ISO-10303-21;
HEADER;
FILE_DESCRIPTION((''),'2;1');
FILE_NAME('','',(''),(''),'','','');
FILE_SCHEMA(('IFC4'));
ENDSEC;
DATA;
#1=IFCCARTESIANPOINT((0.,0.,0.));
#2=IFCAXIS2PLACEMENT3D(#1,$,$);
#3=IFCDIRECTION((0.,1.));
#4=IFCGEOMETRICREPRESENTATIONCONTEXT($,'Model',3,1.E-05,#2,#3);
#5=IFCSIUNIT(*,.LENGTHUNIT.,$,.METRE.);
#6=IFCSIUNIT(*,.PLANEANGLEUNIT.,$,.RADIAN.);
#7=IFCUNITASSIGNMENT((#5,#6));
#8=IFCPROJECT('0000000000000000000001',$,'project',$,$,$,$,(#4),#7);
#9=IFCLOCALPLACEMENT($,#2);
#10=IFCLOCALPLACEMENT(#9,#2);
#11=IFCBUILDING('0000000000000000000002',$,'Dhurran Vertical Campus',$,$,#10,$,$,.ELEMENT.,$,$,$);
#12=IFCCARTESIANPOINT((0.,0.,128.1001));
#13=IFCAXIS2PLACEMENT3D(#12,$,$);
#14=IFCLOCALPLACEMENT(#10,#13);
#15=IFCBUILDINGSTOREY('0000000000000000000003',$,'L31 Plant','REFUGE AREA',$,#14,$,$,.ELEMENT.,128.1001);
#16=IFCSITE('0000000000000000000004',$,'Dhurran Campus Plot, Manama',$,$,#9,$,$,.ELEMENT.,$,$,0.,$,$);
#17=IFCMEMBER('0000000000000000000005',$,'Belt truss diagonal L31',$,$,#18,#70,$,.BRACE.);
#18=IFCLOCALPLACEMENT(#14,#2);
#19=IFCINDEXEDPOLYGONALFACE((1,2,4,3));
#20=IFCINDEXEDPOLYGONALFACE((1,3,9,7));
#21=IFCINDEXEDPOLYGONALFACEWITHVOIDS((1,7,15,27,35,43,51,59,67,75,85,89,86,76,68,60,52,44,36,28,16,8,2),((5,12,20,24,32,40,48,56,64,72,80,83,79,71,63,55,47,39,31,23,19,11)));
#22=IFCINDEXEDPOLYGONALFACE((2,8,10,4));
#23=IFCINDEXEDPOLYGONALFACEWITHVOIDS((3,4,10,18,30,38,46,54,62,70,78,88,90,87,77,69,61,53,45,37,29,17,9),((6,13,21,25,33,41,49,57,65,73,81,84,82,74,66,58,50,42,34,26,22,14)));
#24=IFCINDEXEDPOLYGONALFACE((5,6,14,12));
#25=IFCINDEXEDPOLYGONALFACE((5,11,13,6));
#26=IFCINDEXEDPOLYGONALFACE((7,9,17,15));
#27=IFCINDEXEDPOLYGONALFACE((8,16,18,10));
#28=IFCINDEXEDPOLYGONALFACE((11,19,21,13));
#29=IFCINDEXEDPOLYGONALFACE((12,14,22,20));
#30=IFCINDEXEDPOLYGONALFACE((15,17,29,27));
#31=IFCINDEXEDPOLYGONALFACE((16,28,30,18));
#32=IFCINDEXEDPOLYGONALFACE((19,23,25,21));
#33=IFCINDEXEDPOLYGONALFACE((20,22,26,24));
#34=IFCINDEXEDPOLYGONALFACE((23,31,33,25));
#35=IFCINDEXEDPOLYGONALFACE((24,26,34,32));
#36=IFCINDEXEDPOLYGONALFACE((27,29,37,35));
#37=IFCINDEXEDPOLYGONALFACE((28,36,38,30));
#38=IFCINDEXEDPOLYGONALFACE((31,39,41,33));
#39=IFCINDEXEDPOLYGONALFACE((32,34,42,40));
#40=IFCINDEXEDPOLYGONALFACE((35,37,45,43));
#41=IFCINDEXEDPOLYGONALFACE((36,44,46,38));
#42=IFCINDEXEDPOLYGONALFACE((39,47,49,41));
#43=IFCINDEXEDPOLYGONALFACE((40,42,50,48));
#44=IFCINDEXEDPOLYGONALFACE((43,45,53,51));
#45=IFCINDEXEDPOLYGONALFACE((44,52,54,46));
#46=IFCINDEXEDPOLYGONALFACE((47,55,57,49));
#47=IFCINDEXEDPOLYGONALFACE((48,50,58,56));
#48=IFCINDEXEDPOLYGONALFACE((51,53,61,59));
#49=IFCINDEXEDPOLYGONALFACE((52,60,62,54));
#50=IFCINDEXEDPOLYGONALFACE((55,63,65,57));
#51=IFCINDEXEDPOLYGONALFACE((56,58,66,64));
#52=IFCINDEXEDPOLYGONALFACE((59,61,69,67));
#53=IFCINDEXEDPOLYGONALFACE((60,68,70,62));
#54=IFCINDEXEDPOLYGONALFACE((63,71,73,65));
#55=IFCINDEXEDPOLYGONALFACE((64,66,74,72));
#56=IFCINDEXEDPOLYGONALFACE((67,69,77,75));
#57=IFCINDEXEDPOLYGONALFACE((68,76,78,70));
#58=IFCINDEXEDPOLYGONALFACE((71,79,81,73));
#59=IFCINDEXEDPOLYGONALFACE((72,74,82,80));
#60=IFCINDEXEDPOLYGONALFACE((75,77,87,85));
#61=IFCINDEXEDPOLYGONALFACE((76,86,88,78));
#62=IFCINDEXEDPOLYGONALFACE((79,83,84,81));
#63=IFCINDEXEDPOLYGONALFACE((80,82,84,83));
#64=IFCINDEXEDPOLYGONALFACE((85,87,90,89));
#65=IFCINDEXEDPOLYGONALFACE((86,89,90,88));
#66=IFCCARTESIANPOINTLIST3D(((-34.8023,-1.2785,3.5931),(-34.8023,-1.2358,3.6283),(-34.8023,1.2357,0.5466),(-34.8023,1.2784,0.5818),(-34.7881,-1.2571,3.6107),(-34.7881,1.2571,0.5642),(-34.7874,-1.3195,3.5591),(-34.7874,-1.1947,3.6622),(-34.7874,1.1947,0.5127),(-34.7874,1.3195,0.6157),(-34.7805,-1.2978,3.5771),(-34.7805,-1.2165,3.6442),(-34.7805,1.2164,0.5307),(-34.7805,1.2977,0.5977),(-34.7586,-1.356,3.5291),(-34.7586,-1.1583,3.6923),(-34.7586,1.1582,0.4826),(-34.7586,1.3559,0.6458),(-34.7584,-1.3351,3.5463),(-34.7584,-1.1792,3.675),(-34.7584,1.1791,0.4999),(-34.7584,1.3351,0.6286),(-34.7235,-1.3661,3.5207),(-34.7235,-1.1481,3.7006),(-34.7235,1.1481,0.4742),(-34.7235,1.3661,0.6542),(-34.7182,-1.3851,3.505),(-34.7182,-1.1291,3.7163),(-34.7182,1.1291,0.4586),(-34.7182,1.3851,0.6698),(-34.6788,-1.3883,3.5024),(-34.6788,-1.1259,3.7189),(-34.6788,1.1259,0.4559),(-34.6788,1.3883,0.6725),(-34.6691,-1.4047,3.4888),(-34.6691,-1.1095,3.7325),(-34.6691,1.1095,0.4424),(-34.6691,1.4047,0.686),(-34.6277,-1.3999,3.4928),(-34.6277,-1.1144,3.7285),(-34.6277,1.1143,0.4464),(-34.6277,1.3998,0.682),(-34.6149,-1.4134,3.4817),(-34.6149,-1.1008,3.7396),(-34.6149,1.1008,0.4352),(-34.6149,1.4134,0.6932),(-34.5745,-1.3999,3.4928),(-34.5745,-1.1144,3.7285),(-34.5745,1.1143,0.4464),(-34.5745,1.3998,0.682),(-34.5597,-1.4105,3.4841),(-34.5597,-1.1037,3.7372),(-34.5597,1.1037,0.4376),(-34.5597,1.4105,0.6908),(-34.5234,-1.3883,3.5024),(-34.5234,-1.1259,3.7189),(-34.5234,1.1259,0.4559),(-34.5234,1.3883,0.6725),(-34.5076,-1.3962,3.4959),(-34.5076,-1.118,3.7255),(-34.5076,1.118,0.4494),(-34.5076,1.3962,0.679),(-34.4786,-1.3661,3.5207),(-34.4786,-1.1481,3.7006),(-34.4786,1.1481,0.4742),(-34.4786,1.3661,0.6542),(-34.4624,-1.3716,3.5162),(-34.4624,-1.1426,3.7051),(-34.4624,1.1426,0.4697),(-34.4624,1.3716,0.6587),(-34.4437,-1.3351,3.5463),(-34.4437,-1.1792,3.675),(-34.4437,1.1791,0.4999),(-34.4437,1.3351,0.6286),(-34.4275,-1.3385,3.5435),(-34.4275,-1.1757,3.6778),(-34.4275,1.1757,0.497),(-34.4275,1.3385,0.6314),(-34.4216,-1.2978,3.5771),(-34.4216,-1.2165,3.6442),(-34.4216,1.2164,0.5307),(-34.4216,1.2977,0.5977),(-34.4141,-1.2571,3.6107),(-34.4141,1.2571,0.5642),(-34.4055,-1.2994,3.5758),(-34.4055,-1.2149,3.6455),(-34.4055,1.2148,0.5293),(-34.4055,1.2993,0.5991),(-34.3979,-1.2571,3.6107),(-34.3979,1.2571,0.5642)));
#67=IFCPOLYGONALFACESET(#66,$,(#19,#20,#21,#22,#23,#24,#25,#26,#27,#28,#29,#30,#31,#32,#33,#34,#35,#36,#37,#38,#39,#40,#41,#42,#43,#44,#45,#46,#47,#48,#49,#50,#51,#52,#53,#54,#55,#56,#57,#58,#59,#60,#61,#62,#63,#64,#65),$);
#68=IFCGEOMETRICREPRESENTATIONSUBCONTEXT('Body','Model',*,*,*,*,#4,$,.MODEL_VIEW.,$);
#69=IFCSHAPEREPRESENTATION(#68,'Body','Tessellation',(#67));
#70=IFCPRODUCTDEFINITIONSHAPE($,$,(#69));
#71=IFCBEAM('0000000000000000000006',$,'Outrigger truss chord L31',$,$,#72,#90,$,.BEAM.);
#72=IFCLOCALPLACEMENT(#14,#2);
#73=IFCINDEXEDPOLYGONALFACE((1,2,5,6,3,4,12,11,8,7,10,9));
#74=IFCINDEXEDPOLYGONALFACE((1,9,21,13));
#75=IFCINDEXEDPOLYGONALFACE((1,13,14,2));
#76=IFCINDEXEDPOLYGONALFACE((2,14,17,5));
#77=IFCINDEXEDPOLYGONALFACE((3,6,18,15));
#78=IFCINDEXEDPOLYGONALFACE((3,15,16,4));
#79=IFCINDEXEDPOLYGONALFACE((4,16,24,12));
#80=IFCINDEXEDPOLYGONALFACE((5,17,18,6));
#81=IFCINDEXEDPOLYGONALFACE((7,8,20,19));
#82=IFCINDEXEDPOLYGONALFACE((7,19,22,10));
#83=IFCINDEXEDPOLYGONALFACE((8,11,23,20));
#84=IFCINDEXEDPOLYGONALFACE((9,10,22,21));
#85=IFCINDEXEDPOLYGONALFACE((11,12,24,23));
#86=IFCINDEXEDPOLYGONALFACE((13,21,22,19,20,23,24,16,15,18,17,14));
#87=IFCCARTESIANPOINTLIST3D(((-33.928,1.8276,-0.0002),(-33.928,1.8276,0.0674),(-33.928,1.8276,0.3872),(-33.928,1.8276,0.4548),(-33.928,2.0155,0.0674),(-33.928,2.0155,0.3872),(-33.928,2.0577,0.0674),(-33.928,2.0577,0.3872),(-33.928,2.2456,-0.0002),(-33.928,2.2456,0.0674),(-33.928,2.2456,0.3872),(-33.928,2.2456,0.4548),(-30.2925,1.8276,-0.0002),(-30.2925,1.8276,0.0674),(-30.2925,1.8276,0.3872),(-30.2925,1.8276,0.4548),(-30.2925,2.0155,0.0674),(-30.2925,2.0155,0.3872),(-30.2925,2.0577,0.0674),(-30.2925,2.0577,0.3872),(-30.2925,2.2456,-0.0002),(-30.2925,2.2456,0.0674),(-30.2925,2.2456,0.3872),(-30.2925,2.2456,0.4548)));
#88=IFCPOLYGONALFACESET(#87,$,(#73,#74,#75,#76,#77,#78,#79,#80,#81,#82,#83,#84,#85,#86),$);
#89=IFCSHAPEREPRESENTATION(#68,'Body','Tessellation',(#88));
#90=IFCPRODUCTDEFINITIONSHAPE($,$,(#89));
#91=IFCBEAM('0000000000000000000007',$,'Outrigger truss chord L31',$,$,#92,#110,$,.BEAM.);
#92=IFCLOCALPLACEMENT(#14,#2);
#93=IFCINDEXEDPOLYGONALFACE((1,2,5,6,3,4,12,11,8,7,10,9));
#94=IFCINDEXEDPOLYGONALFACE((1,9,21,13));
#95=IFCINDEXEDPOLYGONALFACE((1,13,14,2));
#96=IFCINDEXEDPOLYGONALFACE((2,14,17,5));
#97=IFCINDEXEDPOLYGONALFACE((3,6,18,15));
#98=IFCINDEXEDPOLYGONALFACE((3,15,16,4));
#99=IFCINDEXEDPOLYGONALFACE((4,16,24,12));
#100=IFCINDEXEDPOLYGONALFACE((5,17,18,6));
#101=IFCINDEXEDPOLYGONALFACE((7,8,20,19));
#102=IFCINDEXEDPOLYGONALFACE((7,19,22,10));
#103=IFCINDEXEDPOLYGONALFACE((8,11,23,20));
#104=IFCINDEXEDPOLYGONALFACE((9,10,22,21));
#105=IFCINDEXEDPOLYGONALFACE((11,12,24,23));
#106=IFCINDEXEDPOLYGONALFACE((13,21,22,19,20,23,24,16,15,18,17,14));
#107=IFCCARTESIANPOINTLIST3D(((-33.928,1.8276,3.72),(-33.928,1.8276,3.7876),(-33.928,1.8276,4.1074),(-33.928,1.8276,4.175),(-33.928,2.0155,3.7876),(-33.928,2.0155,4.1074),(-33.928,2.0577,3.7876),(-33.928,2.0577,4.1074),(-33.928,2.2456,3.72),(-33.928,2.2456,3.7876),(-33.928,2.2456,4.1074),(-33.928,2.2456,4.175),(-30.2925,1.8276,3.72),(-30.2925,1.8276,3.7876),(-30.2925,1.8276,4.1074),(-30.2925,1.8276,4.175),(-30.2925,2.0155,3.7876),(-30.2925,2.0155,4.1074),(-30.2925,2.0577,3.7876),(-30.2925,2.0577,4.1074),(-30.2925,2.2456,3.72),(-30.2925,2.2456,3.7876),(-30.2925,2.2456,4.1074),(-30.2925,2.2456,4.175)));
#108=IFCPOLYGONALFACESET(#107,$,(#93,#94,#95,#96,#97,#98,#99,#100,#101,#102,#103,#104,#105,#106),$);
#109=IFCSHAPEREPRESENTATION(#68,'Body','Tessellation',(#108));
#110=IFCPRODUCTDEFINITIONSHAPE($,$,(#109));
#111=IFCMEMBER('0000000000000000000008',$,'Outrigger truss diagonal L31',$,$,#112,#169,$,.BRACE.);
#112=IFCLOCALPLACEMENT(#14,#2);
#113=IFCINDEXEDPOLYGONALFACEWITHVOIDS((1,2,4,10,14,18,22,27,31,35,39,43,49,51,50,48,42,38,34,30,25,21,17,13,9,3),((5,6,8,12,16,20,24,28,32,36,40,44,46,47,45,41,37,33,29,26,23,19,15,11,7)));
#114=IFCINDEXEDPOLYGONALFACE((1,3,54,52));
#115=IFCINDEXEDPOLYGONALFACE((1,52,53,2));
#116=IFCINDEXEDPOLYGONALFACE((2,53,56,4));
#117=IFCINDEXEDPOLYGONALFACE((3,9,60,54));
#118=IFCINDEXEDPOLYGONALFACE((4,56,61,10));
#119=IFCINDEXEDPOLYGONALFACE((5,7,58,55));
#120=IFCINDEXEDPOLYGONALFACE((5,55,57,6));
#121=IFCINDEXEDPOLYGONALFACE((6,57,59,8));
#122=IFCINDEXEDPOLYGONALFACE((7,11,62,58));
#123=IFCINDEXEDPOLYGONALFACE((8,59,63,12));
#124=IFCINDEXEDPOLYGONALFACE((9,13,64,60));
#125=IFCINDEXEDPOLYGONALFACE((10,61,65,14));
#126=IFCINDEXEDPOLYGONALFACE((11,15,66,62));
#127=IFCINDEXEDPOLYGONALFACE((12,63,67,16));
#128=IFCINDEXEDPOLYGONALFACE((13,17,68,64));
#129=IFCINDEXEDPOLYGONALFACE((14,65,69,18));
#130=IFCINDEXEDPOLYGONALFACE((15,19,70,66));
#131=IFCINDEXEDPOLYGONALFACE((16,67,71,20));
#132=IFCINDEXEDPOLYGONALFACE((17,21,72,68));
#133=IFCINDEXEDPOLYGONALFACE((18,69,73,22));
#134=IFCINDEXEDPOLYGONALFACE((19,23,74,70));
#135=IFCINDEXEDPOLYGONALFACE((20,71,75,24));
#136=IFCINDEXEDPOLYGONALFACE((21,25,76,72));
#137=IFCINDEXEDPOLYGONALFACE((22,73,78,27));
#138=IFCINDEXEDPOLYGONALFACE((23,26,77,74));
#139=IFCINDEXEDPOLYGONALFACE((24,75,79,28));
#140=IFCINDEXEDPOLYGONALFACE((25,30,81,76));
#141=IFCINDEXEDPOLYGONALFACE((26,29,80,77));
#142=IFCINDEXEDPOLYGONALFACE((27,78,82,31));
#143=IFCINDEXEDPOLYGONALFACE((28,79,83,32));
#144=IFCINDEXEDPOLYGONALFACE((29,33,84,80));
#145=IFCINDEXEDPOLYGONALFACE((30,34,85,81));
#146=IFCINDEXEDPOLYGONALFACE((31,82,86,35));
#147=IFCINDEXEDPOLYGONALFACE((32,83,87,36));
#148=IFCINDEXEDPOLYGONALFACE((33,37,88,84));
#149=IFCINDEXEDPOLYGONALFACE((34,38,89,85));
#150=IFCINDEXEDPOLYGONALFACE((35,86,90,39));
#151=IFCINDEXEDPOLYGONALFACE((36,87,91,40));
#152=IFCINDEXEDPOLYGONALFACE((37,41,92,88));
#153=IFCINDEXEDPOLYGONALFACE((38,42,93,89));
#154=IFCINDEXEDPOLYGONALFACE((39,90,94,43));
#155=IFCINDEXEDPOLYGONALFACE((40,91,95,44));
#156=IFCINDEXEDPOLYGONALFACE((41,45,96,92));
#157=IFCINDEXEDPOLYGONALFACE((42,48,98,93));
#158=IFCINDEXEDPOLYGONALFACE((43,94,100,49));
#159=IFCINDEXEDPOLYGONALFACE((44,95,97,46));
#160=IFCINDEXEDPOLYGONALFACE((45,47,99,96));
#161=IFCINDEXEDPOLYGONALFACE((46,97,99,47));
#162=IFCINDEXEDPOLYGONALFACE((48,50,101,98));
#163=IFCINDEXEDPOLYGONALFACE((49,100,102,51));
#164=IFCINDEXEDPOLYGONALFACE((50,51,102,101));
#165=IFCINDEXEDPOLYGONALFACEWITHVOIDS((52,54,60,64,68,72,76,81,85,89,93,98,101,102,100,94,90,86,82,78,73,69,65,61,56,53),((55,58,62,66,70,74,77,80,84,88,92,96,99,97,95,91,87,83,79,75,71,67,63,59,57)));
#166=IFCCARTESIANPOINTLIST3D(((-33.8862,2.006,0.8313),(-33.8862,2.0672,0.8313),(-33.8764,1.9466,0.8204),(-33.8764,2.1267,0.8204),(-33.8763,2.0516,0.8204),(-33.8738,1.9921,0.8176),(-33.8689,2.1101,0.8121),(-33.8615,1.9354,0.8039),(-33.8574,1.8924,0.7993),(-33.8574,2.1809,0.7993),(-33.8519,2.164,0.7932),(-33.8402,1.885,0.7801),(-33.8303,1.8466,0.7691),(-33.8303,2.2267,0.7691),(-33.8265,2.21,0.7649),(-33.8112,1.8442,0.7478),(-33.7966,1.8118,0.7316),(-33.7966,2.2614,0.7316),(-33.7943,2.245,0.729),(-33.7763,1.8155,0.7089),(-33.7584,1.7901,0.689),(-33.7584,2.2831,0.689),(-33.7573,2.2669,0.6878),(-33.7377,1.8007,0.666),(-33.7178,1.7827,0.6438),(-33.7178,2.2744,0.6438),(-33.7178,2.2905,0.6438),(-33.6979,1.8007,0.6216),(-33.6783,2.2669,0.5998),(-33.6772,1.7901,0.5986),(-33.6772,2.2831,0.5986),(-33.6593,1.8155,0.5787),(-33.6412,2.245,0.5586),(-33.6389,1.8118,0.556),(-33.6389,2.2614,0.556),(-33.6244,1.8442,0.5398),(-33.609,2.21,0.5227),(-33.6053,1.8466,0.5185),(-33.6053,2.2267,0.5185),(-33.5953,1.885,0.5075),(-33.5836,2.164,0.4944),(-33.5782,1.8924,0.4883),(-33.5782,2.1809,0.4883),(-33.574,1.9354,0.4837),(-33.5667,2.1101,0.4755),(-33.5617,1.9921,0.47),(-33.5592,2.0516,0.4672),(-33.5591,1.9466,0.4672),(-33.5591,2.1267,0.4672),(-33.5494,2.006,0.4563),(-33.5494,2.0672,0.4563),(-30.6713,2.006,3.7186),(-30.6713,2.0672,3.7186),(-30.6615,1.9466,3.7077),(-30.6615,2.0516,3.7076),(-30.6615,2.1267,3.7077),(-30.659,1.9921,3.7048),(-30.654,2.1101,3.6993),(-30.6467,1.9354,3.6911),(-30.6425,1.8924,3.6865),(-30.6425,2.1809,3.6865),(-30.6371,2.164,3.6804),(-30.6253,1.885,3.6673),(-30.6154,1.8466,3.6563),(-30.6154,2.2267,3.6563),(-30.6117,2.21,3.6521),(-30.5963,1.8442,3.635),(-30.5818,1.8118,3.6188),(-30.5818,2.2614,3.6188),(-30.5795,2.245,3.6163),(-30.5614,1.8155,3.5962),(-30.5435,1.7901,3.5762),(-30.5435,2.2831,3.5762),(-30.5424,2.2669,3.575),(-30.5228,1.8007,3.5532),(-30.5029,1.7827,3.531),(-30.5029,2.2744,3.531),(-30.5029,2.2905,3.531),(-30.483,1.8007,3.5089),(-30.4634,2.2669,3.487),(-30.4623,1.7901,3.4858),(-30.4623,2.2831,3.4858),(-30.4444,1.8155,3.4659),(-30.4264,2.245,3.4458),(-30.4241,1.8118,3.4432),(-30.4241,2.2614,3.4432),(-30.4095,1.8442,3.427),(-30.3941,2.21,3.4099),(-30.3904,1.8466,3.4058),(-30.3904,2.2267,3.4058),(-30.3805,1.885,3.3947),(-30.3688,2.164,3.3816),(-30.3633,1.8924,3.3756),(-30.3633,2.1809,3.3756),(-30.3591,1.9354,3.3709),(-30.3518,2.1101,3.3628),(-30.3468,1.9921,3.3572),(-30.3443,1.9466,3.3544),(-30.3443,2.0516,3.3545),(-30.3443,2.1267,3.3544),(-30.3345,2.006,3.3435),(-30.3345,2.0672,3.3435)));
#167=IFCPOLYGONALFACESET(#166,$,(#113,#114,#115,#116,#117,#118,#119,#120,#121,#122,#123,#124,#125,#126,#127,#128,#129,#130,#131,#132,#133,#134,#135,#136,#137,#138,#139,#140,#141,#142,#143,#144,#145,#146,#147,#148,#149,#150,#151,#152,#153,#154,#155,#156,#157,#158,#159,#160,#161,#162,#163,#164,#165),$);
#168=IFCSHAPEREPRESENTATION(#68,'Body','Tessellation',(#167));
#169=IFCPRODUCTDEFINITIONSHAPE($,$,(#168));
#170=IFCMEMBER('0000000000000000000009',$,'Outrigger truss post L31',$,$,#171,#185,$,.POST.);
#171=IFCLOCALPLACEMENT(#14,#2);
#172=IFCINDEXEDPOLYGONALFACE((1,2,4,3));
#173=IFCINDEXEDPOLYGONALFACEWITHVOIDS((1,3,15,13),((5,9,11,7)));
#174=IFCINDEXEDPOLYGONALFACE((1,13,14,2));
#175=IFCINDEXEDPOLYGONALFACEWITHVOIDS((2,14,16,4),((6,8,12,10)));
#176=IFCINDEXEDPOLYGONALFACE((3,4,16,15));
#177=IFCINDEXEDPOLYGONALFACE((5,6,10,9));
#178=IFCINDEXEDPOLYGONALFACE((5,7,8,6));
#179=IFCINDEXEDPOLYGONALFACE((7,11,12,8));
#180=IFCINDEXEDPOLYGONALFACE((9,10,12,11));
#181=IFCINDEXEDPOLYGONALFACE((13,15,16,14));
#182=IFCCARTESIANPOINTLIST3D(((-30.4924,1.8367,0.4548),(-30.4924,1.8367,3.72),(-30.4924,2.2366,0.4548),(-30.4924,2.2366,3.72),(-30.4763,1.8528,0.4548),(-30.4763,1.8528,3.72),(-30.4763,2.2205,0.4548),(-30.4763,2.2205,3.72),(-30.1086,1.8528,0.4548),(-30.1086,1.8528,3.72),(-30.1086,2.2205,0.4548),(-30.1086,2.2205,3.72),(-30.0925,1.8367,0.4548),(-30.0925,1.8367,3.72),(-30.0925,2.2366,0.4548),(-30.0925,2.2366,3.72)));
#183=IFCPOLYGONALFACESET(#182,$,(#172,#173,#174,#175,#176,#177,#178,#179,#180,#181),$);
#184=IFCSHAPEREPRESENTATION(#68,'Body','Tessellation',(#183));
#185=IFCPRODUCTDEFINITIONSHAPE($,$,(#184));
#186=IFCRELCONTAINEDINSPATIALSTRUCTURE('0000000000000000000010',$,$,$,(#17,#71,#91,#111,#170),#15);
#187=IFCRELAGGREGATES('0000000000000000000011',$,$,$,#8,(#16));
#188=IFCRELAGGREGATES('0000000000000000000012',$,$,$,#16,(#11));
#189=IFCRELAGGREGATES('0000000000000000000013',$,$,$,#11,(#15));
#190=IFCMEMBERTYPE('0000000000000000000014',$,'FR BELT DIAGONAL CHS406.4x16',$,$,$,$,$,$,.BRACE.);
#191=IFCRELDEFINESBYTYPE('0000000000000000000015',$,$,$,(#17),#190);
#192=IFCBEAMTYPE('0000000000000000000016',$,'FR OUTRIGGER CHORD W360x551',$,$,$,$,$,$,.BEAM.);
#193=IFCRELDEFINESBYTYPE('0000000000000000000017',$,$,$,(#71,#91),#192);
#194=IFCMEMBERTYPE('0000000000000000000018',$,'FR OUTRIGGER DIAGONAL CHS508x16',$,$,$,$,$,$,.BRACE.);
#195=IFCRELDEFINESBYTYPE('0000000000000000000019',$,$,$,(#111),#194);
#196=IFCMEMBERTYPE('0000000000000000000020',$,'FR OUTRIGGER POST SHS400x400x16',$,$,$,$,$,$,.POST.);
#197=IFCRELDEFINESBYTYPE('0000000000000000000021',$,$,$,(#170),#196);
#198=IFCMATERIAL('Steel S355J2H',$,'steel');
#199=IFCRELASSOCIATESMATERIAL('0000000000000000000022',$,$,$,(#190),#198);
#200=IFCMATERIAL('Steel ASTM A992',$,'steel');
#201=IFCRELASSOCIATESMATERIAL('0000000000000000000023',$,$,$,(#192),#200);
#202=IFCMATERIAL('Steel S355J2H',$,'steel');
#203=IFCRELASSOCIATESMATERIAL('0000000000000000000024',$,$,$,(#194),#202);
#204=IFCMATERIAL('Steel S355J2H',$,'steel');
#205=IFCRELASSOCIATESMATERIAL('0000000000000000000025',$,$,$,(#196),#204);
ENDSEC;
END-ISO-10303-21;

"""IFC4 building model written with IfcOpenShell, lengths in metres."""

from ifc_helpers import new_model, si_unit, direction, frame, origin, origin_2d, place, context, subcontext, project, spatial, hollow_rectangle, hollow_circle, i_section, extrude, material, material_profile, profile_set, type_object, element, save


model = new_model("IFC4")

# Units and contexts
model_context = context("Model", 3, precision=1e-05, world=origin(), true_north=direction((0.0, 1.0)))
body_context = subcontext(model_context, "Body", "Model", "MODEL_VIEW")
ifc_project = project(units=[si_unit("LENGTHUNIT", "METRE"), si_unit("PLANEANGLEUNIT", "RADIAN")], contexts=[model_context])

# Site, building, storey
site_placement = place(None, origin())
site = spatial("IfcSite", under=ifc_project, at=site_placement, Name="Dhurran Campus Plot, Manama", CompositionType="ELEMENT", RefElevation=0.0)
building_placement = place(site_placement, origin())
building = spatial("IfcBuilding", under=site, at=building_placement, Name="Dhurran Vertical Campus", CompositionType="ELEMENT")
storey_placement = place(building_placement, frame((0.0, 0.0, 128.1001)))
storey = spatial("IfcBuildingStorey", under=building, at=storey_placement, Name="L31 Plant", Description="REFUGE AREA", CompositionType="ELEMENT", Elevation=128.1001)

# Member
ifc_material_1 = material(Name="Steel S355J2H", Category="steel")
ifc_material_profile_1 = material_profile(ifc_material_1, hollow_circle(Radius=0.2031, WallThickness=0.0161, at=origin_2d()), Name="CHS406.4x16")
ifc_profile_set_1 = profile_set([ifc_material_profile_1], Name="Steel S355J2H")
member_type_1 = type_object("IfcMemberType", Name="FR BELT DIAGONAL CHS406.4x16", PredefinedType="BRACE", material=ifc_profile_set_1)
member_1_placement = place(storey_placement, frame((-34.6011, 1.2571, 0.5642), z_axis=(0.0, -0.636517, 0.771263), x_axis=(1.0, 0.0, 0.0)))
element("IfcMember", 1, at=member_1_placement, inside=storey, type_object=member_type_1, Name="Belt truss diagonal L31", PredefinedType="BRACE", context=body_context, shape_type="SweptSolid", body=[
    extrude(hollow_circle(Radius=0.2031, WallThickness=0.0161, at=origin_2d()), origin(), (0.0, 0.0, 1.0), 3.95),
])

# Beams
ifc_material_2 = material(Name="Steel ASTM A992", Category="steel")
ifc_material_profile_2 = material_profile(ifc_material_2, i_section(OverallWidth=0.418, OverallDepth=0.4551, WebThickness=0.0422, FlangeThickness=0.0676, at=origin_2d()), Name="W360x551")
ifc_profile_set_2 = profile_set([ifc_material_profile_2], Name="Steel ASTM A992")
beam_type_1 = type_object("IfcBeamType", Name="FR OUTRIGGER CHORD W360x551", PredefinedType="BEAM", material=ifc_profile_set_2)
for number, where, z_axis, x_axis, name in (
    (2, (-30.2925, 2.0366, 0.2273), (-1.0, 0.0, 0.0), (0.0, -1.0, 0.0), "Outrigger truss chord L31"),
    (3, (-30.2925, 2.0366, 3.9475), (-1.0, 0.0, 0.0), (0.0, -1.0, 0.0), "Outrigger truss chord L31"),
):
    element("IfcBeam", number, at=place(storey_placement, frame(where, z_axis=z_axis, x_axis=x_axis)), inside=storey, type_object=beam_type_1, Name=name, PredefinedType="BEAM", context=body_context, shape_type="SweptSolid", body=[
        extrude(i_section(OverallWidth=0.418, OverallDepth=0.4551, WebThickness=0.0422, FlangeThickness=0.0676, at=origin_2d()), origin(), (0.0, 0.0, 1.0), 3.6355),
    ])

# Members
ifc_material_3 = material(Name="Steel S355J2H", Category="steel")
ifc_material_profile_3 = material_profile(ifc_material_3, hollow_circle(Radius=0.2539, WallThickness=0.0161, at=origin_2d()), Name="CHS508x16")
ifc_profile_set_3 = profile_set([ifc_material_profile_3], Name="Steel S355J2H")
member_type_2 = type_object("IfcMemberType", Name="FR OUTRIGGER DIAGONAL CHS508x16", PredefinedType="BRACE", material=ifc_profile_set_3)
member_2_placement = place(storey_placement, frame((-33.7178, 2.0366, 0.6438), z_axis=(0.744002, 0.0, 0.668178), x_axis=(0.0, 1.0, 0.0)))
element("IfcMember", 4, at=member_2_placement, inside=storey, type_object=member_type_2, Name="Outrigger truss diagonal L31", PredefinedType="BRACE", context=body_context, shape_type="SweptSolid", body=[
    extrude(hollow_circle(Radius=0.2539, WallThickness=0.0161, at=origin_2d()), origin(), (0.0, 0.0, 1.0), 4.321),
])
ifc_material_4 = material(Name="Steel S355J2H", Category="steel")
ifc_material_profile_4 = material_profile(ifc_material_4, hollow_rectangle(XDim=0.3999, YDim=0.3999, WallThickness=0.0161, at=origin_2d()), Name="SHS400x400x16")
ifc_profile_set_4 = profile_set([ifc_material_profile_4], Name="Steel S355J2H")
member_type_3 = type_object("IfcMemberType", Name="FR OUTRIGGER POST SHS400x400x16", PredefinedType="POST", material=ifc_profile_set_4)
member_3_placement = place(storey_placement, frame((-30.2925, 2.0366, 0.4548), z_axis=(0.0, 0.0, 1.0), x_axis=(-1.0, 0.0, 0.0)))
element("IfcMember", 5, at=member_3_placement, inside=storey, type_object=member_type_3, Name="Outrigger truss post L31", PredefinedType="POST", context=body_context, shape_type="SweptSolid", body=[
    extrude(hollow_rectangle(XDim=0.3999, YDim=0.3999, WallThickness=0.0161, at=origin_2d()), origin(), (0.0, 0.0, 1.0), 3.2651),
])

save(model, "model.ifc")
